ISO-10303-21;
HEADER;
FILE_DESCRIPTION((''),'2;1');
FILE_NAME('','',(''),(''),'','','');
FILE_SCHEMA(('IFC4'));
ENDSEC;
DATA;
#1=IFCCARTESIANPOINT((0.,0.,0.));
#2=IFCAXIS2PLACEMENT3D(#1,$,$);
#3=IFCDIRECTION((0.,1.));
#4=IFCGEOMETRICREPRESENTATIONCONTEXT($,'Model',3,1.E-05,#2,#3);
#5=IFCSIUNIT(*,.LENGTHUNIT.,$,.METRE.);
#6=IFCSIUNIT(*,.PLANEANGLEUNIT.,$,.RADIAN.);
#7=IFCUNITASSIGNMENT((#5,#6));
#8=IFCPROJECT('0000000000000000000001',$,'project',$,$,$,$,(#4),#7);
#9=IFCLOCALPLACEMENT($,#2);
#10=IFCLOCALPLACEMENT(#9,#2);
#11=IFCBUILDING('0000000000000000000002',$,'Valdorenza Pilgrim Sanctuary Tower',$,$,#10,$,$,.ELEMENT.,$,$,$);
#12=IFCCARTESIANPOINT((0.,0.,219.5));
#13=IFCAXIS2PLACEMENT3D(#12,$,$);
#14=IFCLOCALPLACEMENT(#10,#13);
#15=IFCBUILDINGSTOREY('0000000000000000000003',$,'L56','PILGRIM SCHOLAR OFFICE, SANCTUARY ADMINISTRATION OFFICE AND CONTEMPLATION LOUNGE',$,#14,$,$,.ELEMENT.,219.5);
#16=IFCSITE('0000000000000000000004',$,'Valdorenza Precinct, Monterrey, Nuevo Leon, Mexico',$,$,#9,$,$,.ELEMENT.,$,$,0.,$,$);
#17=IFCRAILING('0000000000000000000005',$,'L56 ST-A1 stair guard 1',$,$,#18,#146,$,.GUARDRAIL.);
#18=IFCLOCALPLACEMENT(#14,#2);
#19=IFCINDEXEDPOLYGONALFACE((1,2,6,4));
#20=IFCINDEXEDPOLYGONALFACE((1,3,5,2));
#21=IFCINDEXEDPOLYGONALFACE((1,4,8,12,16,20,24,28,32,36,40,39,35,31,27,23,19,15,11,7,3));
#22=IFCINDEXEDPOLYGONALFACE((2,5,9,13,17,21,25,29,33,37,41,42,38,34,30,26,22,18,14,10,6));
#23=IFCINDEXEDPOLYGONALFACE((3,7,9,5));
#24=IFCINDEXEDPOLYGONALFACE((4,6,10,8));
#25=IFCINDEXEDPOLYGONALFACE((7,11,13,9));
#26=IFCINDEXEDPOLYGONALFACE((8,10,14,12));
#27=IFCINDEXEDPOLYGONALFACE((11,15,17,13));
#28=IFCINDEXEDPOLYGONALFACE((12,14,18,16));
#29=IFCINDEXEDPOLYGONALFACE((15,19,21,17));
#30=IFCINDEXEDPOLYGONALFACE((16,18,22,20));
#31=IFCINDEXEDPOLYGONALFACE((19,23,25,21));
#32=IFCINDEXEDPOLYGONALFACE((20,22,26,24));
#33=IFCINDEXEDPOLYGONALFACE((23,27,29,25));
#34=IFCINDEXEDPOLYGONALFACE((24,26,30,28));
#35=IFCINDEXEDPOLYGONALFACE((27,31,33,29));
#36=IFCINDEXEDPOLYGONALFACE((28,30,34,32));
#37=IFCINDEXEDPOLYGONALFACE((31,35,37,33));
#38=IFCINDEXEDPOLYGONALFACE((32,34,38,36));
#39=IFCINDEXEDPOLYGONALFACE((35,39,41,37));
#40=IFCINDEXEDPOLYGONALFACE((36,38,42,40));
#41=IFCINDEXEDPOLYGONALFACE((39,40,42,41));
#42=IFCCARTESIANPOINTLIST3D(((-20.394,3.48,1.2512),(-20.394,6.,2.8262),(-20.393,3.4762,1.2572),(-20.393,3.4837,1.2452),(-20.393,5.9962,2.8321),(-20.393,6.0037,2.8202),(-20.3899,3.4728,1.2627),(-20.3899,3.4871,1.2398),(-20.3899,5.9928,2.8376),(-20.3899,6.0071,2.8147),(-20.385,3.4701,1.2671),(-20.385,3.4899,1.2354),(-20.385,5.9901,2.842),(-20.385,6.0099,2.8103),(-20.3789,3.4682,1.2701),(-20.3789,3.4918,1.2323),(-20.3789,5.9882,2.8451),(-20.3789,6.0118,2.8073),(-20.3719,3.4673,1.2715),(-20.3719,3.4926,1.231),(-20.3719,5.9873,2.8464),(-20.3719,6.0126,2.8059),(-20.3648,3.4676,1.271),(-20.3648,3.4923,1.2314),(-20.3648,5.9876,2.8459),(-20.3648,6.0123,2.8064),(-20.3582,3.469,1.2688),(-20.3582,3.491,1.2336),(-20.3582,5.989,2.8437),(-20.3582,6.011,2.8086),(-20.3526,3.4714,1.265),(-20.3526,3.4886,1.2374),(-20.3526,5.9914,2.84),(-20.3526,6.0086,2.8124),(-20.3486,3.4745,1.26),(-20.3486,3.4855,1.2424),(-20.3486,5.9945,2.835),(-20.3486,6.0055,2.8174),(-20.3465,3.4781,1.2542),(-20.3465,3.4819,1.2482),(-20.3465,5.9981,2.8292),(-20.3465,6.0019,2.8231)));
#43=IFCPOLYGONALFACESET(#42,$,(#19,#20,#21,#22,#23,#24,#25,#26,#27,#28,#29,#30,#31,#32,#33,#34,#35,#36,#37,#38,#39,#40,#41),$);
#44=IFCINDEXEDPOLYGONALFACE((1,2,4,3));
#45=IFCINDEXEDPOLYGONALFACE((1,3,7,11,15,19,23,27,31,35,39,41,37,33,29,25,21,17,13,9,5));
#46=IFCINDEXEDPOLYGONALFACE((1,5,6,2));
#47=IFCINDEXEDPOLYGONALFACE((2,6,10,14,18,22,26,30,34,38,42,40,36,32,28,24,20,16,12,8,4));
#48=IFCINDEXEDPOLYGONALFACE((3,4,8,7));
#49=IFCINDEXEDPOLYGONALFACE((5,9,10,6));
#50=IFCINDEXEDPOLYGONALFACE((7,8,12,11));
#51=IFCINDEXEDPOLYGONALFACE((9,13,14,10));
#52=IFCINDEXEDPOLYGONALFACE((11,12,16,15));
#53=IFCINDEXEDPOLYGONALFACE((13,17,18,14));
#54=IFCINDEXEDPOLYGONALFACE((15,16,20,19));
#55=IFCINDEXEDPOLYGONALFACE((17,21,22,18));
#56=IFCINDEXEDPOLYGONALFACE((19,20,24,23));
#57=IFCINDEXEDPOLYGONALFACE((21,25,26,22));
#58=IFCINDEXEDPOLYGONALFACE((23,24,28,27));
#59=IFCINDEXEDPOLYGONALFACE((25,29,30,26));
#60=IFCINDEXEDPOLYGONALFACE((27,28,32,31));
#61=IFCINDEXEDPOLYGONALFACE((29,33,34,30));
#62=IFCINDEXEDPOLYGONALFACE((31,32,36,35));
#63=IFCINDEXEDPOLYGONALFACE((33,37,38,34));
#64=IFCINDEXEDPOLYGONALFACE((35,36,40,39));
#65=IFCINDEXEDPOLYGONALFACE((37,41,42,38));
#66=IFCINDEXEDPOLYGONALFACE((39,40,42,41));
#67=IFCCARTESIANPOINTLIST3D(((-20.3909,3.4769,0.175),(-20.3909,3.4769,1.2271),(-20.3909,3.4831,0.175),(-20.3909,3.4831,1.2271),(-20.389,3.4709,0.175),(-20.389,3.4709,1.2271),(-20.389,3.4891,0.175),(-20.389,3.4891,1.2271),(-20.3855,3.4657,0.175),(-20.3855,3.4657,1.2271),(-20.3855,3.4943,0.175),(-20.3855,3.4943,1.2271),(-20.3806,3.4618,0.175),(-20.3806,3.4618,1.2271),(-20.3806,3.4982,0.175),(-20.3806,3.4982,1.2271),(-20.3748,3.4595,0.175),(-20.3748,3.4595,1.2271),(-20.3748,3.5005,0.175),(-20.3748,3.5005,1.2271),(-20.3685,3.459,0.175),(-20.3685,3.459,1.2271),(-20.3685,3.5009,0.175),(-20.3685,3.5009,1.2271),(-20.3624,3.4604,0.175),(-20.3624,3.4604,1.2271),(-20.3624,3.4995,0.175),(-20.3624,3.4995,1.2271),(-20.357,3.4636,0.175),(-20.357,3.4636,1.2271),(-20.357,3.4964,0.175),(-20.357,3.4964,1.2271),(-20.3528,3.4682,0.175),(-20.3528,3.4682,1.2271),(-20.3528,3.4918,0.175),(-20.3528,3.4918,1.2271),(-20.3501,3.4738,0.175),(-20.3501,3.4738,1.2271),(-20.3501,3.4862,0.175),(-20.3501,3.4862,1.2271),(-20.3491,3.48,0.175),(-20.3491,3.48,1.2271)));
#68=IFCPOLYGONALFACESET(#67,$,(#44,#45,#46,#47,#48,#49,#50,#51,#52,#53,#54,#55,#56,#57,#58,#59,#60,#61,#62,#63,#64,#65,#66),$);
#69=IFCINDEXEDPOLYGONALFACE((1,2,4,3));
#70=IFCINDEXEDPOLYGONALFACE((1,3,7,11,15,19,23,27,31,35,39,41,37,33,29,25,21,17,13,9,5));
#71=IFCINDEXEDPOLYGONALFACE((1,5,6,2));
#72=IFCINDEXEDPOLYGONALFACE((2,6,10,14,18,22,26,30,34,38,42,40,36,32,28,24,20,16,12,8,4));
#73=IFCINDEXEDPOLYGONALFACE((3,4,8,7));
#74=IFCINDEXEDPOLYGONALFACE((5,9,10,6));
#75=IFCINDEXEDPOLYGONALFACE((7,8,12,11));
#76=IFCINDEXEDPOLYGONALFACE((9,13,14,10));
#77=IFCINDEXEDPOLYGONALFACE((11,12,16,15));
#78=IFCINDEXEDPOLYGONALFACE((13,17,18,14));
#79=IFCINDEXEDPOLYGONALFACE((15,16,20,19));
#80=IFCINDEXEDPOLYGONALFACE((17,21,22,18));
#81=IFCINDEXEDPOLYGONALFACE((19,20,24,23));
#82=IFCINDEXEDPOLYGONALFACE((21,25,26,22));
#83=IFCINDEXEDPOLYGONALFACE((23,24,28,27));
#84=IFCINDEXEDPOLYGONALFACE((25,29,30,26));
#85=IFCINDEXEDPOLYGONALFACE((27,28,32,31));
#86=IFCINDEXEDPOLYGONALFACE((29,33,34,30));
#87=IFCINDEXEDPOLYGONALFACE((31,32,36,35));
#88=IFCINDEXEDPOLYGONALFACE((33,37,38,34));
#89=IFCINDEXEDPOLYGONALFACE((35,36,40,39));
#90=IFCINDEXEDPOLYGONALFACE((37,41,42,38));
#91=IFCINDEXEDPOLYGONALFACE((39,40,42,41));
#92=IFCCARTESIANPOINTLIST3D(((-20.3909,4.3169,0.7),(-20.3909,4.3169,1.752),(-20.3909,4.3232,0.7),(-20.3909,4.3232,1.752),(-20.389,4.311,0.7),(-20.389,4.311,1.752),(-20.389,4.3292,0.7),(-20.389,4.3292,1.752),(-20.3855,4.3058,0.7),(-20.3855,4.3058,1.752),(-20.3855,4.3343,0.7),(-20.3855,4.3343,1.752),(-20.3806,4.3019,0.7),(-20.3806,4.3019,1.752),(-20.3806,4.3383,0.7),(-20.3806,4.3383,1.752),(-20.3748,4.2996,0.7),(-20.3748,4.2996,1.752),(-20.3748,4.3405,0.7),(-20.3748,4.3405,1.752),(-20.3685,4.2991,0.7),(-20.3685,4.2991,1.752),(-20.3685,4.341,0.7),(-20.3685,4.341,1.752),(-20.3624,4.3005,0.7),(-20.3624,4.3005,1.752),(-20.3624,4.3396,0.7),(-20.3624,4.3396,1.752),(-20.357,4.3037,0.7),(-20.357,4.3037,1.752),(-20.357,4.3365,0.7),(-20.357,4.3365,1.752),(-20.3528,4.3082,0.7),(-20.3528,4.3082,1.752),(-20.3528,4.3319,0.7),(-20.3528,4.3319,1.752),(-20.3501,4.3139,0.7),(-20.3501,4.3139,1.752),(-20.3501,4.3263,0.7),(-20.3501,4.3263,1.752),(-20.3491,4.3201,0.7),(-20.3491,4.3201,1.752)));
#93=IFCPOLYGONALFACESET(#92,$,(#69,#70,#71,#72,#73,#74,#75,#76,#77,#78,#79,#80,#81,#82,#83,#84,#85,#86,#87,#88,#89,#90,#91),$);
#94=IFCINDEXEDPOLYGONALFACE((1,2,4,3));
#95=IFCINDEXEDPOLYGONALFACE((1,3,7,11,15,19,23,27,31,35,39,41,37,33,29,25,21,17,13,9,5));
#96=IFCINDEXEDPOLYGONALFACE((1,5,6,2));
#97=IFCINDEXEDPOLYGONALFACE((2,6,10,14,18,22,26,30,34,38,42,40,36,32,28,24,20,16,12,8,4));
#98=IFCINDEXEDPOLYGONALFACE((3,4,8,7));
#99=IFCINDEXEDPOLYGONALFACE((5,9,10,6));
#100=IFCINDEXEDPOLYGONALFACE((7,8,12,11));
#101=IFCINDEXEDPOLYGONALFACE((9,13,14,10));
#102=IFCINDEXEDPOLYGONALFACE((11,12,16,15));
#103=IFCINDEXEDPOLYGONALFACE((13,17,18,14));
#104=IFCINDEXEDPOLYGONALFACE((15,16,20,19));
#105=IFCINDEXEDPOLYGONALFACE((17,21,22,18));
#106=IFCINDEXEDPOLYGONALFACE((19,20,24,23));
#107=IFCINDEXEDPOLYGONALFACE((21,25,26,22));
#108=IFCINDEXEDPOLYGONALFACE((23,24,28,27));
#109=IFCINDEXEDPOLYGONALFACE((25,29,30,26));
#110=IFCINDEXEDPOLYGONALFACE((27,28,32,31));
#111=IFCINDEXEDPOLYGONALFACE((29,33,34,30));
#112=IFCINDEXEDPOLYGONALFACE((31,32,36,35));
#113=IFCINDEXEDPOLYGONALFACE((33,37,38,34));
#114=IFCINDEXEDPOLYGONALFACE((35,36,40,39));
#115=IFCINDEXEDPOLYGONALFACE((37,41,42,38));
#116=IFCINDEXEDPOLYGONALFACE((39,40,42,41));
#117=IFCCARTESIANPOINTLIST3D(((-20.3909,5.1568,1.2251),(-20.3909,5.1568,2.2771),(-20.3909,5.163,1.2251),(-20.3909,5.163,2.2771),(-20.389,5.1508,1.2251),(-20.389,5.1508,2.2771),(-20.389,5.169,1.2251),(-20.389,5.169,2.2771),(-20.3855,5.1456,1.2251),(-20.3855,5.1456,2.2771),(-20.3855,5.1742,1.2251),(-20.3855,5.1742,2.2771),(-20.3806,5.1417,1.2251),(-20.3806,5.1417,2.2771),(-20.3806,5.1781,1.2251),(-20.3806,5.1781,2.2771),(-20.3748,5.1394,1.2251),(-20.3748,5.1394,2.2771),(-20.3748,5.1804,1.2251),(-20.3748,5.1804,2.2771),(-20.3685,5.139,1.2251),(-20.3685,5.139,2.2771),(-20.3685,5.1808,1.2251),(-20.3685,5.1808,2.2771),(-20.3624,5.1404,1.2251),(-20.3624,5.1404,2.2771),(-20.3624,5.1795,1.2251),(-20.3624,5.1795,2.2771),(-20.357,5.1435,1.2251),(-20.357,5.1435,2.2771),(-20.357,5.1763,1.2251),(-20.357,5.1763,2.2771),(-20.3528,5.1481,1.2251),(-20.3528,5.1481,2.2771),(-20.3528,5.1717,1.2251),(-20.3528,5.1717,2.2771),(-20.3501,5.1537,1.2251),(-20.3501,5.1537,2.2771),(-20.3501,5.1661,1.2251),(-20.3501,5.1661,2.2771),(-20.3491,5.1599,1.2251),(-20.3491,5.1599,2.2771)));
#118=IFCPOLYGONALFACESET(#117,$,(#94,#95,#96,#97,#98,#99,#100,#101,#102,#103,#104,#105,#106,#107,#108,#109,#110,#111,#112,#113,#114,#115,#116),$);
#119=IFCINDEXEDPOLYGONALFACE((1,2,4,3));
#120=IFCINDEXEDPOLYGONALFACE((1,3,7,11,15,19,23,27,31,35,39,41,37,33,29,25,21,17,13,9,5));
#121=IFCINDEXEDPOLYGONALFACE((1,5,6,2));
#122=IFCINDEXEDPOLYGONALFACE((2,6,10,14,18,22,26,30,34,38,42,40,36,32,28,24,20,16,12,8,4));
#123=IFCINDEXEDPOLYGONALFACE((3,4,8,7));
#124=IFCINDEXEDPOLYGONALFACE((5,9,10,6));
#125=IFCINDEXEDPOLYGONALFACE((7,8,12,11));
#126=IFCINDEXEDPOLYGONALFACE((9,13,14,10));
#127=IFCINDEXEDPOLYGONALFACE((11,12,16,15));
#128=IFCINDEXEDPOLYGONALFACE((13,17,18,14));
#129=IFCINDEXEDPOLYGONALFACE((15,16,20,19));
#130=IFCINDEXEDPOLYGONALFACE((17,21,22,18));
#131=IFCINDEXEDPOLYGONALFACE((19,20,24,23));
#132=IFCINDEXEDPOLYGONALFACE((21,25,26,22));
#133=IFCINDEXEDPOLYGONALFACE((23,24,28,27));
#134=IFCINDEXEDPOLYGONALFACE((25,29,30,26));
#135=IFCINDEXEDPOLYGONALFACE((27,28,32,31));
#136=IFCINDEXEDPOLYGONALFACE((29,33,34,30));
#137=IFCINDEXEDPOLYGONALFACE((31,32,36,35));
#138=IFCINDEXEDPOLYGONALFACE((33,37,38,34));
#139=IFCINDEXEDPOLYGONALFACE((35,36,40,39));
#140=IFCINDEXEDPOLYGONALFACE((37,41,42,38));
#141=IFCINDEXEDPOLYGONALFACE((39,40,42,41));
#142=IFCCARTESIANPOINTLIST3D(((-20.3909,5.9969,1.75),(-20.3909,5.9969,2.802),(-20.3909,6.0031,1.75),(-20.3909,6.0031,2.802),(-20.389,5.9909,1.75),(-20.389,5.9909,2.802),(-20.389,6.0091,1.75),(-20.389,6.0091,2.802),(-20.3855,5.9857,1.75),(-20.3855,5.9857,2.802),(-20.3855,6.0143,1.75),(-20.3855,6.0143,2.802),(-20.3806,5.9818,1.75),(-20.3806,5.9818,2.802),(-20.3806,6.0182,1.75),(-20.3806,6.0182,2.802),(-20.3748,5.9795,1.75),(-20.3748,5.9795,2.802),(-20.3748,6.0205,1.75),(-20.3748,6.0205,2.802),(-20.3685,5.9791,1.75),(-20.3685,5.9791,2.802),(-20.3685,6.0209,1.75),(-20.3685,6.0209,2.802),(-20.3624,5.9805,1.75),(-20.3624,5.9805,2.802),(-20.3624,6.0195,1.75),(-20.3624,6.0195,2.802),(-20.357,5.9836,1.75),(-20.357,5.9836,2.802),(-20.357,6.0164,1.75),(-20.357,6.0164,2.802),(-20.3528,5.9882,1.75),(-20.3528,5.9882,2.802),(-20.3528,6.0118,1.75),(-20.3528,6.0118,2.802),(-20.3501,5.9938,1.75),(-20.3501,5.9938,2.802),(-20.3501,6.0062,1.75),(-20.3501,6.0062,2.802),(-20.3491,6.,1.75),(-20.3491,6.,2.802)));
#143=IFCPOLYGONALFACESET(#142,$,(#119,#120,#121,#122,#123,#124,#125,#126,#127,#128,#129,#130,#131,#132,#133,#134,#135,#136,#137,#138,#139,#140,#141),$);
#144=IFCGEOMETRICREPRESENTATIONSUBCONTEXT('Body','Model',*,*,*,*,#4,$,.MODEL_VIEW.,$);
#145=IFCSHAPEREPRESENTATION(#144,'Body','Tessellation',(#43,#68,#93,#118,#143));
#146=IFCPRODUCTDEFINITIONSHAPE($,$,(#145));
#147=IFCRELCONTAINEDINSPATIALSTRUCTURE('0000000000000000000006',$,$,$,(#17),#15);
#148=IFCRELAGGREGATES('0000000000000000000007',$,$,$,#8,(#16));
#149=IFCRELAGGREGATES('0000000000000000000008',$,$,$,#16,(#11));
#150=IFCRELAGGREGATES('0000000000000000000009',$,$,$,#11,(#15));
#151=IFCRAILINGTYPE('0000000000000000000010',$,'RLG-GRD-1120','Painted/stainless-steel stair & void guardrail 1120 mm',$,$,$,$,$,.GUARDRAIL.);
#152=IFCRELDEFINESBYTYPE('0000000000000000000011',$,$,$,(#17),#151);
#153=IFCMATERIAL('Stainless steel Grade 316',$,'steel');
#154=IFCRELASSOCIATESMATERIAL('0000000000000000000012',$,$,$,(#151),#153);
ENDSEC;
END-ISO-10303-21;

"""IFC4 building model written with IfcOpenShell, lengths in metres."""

from ifc_helpers import new_model, si_unit, direction, frame, origin, origin_2d, place, context, subcontext, project, spatial, circle, extrude, material, type_object, element, save


model = new_model("IFC4")

# Units and contexts
model_context = context("Model", 3, precision=1e-05, world=origin(), true_north=direction((0.0, 1.0)))
body_context = subcontext(model_context, "Body", "Model", "MODEL_VIEW")
ifc_project = project(units=[si_unit("LENGTHUNIT", "METRE"), si_unit("PLANEANGLEUNIT", "RADIAN")], contexts=[model_context])

# Site, building, storey
site_placement = place(None, origin())
site = spatial("IfcSite", under=ifc_project, at=site_placement, Name="Valdorenza Precinct, Monterrey, Nuevo Leon, Mexico", CompositionType="ELEMENT", RefElevation=0.0)
building_placement = place(site_placement, origin())
building = spatial("IfcBuilding", under=site, at=building_placement, Name="Valdorenza Pilgrim Sanctuary Tower", CompositionType="ELEMENT")
storey_placement = place(building_placement, frame((0.0, 0.0, 219.5)))
storey = spatial("IfcBuildingStorey", under=building, at=storey_placement, Name="L56", Description="PILGRIM SCHOLAR OFFICE, SANCTUARY ADMINISTRATION OFFICE AND CONTEMPLATION LOUNGE", CompositionType="ELEMENT", Elevation=219.5)

# Railing
ifc_material_1 = material(Name="Stainless steel Grade 316", Category="steel")
railing_type_1 = type_object("IfcRailingType", Name="RLG-GRD-1120", Description="Painted/stainless-steel stair & void guardrail 1120 mm", PredefinedType="GUARDRAIL", material=ifc_material_1)
railing_1_placement = place(storey_placement, frame((-20.3701, 3.48, 0.175)))
element("IfcRailing", 1, at=railing_1_placement, inside=storey, type_object=railing_type_1, Name="L56 ST-A1 stair guard 1", PredefinedType="GUARDRAIL", context=body_context, shape_type="SweptSolid", body=[
    extrude(circle(Radius=0.0239, at=origin_2d()), frame((0.0, 0.0, 1.0762), z_axis=(0.0, 0.848008, 0.529984), x_axis=(-1.0, 0.0, 0.0)), (0.0, 0.0, 1.0), 2.9717),
    extrude(circle(Radius=0.021, at=origin_2d()), origin(), (0.0, 0.0, 1.0), 1.052),
    extrude(circle(Radius=0.021, at=origin_2d()), frame((0.0, 0.8401, 0.5249)), (0.0, 0.0, 1.0), 1.052),
    extrude(circle(Radius=0.021, at=origin_2d()), frame((0.0, 1.6799, 1.05)), (0.0, 0.0, 1.0), 1.052),
    extrude(circle(Radius=0.021, at=origin_2d()), frame((0.0, 2.52, 1.575)), (0.0, 0.0, 1.0), 1.052),
])

save(model, "model.ifc")
